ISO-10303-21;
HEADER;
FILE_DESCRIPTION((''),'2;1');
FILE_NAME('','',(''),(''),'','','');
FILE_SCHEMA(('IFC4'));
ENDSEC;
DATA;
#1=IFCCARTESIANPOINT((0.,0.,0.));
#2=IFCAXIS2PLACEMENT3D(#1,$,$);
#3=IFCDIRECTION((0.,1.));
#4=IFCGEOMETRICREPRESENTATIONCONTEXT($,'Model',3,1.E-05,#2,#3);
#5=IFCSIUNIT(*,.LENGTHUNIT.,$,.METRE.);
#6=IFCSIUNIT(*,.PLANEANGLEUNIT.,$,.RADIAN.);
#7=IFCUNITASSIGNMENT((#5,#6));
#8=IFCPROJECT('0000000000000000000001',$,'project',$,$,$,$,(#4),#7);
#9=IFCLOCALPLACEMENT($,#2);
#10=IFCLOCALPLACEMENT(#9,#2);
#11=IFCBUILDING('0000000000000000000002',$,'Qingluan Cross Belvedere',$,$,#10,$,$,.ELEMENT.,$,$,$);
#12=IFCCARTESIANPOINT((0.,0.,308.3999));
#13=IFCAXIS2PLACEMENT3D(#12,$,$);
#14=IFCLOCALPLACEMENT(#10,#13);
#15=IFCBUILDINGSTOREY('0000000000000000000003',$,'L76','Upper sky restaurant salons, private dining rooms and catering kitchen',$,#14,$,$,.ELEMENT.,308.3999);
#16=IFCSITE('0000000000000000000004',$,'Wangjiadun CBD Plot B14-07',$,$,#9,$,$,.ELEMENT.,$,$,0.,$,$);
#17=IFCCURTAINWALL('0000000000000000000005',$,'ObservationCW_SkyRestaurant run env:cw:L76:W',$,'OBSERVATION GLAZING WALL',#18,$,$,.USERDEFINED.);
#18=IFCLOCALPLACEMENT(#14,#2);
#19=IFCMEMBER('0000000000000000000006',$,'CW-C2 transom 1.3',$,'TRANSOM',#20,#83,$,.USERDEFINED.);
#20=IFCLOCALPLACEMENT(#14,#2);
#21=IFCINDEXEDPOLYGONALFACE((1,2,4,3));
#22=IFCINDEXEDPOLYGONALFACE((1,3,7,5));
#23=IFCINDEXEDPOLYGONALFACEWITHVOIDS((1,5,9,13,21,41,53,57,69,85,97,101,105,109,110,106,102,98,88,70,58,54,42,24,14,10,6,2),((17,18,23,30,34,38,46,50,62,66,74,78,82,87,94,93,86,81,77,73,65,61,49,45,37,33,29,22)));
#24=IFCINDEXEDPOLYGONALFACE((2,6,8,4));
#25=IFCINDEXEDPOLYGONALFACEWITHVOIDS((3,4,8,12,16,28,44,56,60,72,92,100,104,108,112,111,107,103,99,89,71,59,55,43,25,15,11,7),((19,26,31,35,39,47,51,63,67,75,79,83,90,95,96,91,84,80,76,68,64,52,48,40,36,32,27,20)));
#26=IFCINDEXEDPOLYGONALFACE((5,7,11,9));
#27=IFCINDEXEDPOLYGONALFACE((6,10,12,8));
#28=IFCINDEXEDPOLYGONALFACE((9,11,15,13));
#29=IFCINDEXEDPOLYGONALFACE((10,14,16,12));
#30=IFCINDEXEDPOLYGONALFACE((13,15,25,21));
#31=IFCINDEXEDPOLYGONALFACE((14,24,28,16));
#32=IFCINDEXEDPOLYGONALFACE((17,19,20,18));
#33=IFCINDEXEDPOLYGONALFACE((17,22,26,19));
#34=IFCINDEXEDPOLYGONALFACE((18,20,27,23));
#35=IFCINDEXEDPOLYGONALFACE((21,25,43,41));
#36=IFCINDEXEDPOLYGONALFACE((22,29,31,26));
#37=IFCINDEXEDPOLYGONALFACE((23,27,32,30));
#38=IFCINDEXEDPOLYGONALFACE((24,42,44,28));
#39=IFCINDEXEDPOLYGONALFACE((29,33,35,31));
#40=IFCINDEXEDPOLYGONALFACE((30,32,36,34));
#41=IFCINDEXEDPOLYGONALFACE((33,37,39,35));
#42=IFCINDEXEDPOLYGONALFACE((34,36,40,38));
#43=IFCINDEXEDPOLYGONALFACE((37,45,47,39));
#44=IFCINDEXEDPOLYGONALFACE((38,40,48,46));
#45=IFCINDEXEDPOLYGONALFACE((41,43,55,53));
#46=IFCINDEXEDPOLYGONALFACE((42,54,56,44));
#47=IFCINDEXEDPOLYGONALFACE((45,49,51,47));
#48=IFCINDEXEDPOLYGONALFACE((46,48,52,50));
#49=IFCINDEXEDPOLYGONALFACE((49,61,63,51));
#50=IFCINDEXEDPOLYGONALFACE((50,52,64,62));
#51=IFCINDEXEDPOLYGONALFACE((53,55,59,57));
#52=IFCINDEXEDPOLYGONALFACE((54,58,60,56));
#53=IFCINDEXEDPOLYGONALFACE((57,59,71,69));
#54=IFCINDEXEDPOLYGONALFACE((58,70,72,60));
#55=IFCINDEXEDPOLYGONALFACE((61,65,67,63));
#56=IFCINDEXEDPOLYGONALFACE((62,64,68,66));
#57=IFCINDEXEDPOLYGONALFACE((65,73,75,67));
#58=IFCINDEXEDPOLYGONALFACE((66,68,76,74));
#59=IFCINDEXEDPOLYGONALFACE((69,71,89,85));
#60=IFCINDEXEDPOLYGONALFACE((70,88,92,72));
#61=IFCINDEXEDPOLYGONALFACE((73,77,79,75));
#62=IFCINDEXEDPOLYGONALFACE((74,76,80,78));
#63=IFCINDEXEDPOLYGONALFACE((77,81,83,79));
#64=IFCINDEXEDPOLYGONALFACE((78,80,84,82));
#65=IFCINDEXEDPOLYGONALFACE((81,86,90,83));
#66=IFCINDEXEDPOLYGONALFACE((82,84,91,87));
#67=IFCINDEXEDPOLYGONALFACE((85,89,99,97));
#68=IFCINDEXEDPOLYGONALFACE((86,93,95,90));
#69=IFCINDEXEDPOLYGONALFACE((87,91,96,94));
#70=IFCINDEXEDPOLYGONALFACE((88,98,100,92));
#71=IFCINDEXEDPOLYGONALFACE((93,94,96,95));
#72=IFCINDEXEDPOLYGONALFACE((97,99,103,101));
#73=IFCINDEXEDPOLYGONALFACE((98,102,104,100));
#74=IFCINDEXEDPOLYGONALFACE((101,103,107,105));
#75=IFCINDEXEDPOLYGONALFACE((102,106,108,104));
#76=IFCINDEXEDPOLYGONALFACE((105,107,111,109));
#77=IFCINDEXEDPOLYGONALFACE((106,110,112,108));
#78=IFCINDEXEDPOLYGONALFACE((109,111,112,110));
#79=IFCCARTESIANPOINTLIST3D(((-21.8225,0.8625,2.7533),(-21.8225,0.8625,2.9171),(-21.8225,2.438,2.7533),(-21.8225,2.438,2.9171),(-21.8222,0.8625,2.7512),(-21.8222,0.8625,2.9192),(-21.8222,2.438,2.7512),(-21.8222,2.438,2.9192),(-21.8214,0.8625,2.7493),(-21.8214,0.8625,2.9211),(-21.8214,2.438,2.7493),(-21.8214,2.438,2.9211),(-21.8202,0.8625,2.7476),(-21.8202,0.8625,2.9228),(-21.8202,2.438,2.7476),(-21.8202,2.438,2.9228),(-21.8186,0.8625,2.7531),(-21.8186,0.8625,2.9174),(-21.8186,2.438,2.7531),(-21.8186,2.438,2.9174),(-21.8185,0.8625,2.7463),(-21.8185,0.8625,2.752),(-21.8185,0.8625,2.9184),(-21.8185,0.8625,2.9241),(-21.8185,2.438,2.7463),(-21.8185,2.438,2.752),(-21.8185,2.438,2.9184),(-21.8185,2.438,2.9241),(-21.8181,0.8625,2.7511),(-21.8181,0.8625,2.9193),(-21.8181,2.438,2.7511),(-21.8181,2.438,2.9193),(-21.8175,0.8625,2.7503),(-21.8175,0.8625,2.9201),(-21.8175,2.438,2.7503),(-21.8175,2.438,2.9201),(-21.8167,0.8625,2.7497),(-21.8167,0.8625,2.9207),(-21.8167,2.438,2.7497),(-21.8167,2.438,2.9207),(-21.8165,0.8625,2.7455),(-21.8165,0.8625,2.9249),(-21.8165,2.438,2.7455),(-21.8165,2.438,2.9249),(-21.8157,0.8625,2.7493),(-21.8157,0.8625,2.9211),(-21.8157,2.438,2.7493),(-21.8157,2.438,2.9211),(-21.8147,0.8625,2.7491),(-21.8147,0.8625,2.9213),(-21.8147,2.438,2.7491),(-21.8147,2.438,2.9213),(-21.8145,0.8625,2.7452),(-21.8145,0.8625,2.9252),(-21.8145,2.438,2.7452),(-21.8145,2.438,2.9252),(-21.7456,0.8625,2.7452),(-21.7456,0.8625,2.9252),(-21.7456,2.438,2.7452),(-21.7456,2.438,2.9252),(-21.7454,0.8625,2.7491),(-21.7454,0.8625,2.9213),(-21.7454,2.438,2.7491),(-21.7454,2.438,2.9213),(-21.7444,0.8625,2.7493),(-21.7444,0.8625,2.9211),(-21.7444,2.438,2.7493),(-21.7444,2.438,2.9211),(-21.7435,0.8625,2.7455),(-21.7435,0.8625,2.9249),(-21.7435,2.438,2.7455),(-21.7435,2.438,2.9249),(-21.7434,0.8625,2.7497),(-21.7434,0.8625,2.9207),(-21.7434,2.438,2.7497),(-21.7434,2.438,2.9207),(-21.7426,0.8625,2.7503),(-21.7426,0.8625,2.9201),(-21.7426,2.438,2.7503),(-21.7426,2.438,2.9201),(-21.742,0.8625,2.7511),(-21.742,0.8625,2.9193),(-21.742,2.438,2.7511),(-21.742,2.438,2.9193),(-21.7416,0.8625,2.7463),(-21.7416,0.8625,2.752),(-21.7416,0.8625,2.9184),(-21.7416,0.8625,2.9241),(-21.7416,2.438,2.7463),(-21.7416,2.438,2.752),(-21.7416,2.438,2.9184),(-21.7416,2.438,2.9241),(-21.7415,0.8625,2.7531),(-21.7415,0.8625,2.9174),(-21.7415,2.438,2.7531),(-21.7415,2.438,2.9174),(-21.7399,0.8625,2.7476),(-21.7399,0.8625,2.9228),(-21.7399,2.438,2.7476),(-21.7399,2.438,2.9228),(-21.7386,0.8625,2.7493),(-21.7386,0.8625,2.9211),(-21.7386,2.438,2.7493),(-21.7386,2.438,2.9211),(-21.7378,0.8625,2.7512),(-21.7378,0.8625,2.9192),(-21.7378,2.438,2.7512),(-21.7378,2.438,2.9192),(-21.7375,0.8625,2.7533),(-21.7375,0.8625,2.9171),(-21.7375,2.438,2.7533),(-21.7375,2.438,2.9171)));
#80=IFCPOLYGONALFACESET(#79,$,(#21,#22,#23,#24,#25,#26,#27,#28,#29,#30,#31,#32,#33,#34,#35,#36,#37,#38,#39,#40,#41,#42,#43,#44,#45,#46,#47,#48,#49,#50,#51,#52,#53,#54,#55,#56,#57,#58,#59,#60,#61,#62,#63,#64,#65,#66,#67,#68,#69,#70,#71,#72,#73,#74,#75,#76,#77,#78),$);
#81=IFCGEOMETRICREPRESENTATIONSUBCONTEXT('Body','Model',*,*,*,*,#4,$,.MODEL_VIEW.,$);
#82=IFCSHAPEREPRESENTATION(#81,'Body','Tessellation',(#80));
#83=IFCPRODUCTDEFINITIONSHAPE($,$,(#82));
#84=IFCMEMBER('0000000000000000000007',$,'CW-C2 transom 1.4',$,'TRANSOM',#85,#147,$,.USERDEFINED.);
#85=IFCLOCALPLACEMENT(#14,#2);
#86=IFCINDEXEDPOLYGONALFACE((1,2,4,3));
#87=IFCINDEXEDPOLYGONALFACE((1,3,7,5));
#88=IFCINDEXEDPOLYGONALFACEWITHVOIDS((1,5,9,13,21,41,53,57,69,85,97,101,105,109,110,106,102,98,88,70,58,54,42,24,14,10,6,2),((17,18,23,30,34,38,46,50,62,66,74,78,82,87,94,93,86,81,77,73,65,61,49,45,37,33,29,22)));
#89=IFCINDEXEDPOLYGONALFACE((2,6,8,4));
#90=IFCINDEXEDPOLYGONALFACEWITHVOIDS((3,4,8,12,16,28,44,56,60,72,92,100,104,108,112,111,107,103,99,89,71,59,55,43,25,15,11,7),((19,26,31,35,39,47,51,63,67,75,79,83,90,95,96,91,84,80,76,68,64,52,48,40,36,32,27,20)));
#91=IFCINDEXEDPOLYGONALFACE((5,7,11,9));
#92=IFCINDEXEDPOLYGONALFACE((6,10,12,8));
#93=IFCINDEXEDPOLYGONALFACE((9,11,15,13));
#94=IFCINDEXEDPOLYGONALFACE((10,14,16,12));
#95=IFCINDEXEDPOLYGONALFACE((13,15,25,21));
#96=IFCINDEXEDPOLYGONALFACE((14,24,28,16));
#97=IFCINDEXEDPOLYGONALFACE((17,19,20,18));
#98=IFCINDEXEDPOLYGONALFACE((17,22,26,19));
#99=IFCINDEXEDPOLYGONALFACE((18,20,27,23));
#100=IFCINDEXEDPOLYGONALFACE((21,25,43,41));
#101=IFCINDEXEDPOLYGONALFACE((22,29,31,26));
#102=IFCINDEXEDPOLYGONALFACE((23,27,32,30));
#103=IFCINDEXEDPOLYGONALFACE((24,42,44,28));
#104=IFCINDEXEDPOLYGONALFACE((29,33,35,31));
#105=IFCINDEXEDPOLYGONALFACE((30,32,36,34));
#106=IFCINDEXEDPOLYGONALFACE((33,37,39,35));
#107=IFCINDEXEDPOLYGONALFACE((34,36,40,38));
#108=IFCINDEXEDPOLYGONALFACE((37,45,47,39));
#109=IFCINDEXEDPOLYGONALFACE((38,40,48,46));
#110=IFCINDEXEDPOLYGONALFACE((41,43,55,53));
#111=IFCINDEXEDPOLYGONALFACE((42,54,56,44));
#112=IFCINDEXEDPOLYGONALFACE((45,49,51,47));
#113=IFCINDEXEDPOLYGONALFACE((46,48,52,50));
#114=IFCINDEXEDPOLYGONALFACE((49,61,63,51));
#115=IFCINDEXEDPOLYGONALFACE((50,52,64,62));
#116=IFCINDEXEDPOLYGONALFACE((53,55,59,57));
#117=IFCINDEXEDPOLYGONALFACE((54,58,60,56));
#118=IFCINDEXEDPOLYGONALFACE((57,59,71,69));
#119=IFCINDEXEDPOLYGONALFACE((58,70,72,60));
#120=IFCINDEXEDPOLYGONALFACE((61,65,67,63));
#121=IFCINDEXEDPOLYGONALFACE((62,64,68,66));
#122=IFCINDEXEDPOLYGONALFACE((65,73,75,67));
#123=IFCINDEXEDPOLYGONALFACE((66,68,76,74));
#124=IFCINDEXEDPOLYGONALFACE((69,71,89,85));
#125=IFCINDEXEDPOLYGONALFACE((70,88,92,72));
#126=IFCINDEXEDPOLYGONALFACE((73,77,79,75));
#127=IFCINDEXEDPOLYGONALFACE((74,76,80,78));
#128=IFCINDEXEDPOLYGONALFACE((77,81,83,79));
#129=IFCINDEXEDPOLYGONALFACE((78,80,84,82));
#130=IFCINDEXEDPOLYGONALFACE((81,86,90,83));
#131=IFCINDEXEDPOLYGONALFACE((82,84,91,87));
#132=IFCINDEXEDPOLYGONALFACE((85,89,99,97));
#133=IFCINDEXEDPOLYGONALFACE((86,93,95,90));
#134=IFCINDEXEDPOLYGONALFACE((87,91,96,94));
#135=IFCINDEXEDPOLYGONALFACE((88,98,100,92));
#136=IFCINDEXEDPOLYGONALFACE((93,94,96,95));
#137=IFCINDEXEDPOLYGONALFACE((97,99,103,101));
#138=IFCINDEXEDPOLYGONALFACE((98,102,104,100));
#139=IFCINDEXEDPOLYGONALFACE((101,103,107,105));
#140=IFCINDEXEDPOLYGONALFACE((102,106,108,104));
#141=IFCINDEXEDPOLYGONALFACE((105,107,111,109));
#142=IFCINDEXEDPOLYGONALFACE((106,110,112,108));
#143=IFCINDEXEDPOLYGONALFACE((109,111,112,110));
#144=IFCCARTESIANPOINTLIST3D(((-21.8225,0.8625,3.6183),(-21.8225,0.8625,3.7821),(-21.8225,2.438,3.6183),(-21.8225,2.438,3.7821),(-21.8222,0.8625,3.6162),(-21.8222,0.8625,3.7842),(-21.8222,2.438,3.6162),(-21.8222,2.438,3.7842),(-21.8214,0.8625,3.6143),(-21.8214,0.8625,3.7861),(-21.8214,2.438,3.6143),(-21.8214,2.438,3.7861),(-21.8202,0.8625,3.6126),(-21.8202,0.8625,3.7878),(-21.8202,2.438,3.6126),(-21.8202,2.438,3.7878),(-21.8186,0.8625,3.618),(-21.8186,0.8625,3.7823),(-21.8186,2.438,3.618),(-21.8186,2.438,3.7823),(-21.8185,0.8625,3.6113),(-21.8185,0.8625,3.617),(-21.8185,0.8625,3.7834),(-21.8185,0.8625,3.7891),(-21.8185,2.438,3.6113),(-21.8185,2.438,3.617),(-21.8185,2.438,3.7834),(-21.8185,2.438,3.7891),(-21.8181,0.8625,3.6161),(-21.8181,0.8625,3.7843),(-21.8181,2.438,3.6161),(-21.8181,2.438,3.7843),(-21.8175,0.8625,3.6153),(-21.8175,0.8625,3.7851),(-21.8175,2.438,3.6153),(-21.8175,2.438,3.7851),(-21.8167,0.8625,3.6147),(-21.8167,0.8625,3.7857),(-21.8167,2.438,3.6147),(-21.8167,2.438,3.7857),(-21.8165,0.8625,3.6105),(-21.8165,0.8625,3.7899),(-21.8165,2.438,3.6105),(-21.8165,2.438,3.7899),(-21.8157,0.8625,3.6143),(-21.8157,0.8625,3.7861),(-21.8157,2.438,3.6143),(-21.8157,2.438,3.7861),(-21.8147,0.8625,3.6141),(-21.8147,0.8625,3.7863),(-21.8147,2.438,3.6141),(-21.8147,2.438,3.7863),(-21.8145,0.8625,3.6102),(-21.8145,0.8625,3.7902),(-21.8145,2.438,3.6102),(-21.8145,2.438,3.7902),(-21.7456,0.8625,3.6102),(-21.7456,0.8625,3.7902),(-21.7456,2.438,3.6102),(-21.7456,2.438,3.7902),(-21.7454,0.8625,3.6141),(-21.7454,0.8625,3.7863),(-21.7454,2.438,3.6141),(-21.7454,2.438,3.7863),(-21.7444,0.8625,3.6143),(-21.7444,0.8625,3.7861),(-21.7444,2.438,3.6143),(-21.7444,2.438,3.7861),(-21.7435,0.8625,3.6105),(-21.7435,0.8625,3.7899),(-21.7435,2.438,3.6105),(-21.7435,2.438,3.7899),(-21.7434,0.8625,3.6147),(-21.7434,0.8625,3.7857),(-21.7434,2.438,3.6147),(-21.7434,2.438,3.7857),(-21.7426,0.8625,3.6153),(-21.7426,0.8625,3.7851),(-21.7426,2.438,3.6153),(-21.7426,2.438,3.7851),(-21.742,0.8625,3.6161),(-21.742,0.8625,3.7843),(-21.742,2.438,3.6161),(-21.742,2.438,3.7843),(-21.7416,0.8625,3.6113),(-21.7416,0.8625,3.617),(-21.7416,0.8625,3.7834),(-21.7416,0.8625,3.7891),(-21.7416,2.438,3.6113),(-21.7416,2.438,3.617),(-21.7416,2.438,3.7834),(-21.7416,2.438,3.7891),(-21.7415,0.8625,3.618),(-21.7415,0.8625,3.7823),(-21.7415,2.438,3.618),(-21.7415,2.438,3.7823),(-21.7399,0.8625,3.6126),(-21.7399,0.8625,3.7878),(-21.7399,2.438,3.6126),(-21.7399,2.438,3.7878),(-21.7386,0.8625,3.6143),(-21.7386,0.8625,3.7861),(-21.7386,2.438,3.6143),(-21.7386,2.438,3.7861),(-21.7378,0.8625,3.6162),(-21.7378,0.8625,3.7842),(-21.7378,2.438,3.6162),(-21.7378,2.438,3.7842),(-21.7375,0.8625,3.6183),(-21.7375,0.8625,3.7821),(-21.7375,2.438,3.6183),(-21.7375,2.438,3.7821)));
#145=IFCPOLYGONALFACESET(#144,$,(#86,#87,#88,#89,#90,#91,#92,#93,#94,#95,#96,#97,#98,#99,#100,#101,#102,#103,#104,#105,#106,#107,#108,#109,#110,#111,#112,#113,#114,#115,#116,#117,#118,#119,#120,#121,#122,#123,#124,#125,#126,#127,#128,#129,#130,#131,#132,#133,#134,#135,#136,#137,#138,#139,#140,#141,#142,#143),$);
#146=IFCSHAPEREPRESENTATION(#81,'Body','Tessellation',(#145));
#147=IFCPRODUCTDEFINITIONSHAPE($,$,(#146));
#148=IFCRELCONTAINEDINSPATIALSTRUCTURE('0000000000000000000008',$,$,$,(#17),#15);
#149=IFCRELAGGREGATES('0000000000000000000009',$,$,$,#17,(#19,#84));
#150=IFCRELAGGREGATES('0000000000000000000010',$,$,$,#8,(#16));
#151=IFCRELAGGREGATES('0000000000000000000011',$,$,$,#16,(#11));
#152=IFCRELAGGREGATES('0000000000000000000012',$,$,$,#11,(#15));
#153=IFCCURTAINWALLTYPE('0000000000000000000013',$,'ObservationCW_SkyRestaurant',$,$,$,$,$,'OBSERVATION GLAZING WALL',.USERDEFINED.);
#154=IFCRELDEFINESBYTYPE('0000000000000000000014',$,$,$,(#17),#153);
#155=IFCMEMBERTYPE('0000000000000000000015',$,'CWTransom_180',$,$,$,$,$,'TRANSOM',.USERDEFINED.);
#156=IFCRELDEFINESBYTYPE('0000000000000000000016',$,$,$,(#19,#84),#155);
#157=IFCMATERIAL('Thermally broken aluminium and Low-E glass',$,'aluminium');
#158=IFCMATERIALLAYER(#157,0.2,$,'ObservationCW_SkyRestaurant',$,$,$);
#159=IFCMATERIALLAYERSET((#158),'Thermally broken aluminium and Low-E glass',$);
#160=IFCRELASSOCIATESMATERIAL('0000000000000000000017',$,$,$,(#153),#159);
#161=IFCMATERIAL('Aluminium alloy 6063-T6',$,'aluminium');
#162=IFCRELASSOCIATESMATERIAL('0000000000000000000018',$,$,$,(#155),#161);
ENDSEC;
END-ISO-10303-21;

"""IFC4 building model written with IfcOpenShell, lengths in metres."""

from ifc_helpers import new_model, si_unit, direction, frame, origin, origin_2d, place, context, subcontext, project, spatial, hollow_rectangle, extrude, material, layer, layer_set, material_profile, profile_set, type_object, element, aggregate, save


model = new_model("IFC4")

# Units and contexts
model_context = context("Model", 3, precision=1e-05, world=origin(), true_north=direction((0.0, 1.0)))
body_context = subcontext(model_context, "Body", "Model", "MODEL_VIEW")
ifc_project = project(units=[si_unit("LENGTHUNIT", "METRE"), si_unit("PLANEANGLEUNIT", "RADIAN")], contexts=[model_context])

# Site, building, storey
site_placement = place(None, origin())
site = spatial("IfcSite", under=ifc_project, at=site_placement, Name="Wangjiadun CBD Plot B14-07", CompositionType="ELEMENT", RefElevation=0.0)
building_placement = place(site_placement, origin())
building = spatial("IfcBuilding", under=site, at=building_placement, Name="Qingluan Cross Belvedere", CompositionType="ELEMENT")
storey_placement = place(building_placement, frame((0.0, 0.0, 308.3999)))
storey = spatial("IfcBuildingStorey", under=building, at=storey_placement, Name="L76", Description="Upper sky restaurant salons, private dining rooms and catering kitchen", CompositionType="ELEMENT", Elevation=308.3999)

# Curtain wall, members
ifc_material_1 = material(Name="Thermally broken aluminium and Low-E glass", Category="aluminium")
ifc_layer_1 = layer(ifc_material_1, 0.2, Name="ObservationCW_SkyRestaurant")
ifc_layer_set_1 = layer_set([ifc_layer_1], Name="Thermally broken aluminium and Low-E glass")
curtain_wall_type = type_object("IfcCurtainWallType", Name="ObservationCW_SkyRestaurant", ElementType="OBSERVATION GLAZING WALL", PredefinedType="USERDEFINED", material=ifc_layer_set_1)
curtain_wall_placement = place(storey_placement, origin())
curtain_wall = element("IfcCurtainWall", 1, at=curtain_wall_placement, inside=storey, type_object=curtain_wall_type, Name="ObservationCW_SkyRestaurant run env:cw:L76:W", ObjectType="OBSERVATION GLAZING WALL", PredefinedType="USERDEFINED")
ifc_material_2 = material(Name="Aluminium alloy 6063-T6", Category="aluminium")
ifc_material_profile_1 = material_profile(ifc_material_2, hollow_rectangle(XDim=0.085, YDim=0.1799, WallThickness=0.0039, InnerFilletRadius=0.0039, OuterFilletRadius=0.0081, at=origin_2d()), Name="CWT180x85x4")
ifc_profile_set_1 = profile_set([ifc_material_profile_1], Name="Aluminium alloy 6063-T6")
member_type_1 = type_object("IfcMemberType", Name="CWTransom_180", ElementType="TRANSOM", PredefinedType="USERDEFINED", material=ifc_profile_set_1)
member_1_placement = place(storey_placement, frame((-21.78, 2.438, 2.8352), z_axis=(0.0, -1.0, 0.0), x_axis=(1.0, 0.0, 0.0)))
member_1 = element("IfcMember", 2, at=member_1_placement, type_object=member_type_1, Name="CW-C2 transom 1.3", ObjectType="TRANSOM", PredefinedType="USERDEFINED", context=body_context, shape_type="SweptSolid", body=[
    extrude(hollow_rectangle(XDim=0.085, YDim=0.1799, WallThickness=0.0039, InnerFilletRadius=0.0039, OuterFilletRadius=0.0081, at=origin_2d()), origin(), (0.0, 0.0, 1.0), 1.5754),
])
member_2_placement = place(storey_placement, frame((-21.78, 2.438, 3.7002), z_axis=(0.0, -1.0, 0.0), x_axis=(1.0, 0.0, 0.0)))
member_2 = element("IfcMember", 3, at=member_2_placement, type_object=member_type_1, Name="CW-C2 transom 1.4", ObjectType="TRANSOM", PredefinedType="USERDEFINED", context=body_context, shape_type="SweptSolid", body=[
    extrude(hollow_rectangle(XDim=0.085, YDim=0.1799, WallThickness=0.0039, InnerFilletRadius=0.0039, OuterFilletRadius=0.0081, at=origin_2d()), origin(), (0.0, 0.0, 1.0), 1.5754),
])
aggregate(curtain_wall, [member_1, member_2])

save(model, "model.ifc")
